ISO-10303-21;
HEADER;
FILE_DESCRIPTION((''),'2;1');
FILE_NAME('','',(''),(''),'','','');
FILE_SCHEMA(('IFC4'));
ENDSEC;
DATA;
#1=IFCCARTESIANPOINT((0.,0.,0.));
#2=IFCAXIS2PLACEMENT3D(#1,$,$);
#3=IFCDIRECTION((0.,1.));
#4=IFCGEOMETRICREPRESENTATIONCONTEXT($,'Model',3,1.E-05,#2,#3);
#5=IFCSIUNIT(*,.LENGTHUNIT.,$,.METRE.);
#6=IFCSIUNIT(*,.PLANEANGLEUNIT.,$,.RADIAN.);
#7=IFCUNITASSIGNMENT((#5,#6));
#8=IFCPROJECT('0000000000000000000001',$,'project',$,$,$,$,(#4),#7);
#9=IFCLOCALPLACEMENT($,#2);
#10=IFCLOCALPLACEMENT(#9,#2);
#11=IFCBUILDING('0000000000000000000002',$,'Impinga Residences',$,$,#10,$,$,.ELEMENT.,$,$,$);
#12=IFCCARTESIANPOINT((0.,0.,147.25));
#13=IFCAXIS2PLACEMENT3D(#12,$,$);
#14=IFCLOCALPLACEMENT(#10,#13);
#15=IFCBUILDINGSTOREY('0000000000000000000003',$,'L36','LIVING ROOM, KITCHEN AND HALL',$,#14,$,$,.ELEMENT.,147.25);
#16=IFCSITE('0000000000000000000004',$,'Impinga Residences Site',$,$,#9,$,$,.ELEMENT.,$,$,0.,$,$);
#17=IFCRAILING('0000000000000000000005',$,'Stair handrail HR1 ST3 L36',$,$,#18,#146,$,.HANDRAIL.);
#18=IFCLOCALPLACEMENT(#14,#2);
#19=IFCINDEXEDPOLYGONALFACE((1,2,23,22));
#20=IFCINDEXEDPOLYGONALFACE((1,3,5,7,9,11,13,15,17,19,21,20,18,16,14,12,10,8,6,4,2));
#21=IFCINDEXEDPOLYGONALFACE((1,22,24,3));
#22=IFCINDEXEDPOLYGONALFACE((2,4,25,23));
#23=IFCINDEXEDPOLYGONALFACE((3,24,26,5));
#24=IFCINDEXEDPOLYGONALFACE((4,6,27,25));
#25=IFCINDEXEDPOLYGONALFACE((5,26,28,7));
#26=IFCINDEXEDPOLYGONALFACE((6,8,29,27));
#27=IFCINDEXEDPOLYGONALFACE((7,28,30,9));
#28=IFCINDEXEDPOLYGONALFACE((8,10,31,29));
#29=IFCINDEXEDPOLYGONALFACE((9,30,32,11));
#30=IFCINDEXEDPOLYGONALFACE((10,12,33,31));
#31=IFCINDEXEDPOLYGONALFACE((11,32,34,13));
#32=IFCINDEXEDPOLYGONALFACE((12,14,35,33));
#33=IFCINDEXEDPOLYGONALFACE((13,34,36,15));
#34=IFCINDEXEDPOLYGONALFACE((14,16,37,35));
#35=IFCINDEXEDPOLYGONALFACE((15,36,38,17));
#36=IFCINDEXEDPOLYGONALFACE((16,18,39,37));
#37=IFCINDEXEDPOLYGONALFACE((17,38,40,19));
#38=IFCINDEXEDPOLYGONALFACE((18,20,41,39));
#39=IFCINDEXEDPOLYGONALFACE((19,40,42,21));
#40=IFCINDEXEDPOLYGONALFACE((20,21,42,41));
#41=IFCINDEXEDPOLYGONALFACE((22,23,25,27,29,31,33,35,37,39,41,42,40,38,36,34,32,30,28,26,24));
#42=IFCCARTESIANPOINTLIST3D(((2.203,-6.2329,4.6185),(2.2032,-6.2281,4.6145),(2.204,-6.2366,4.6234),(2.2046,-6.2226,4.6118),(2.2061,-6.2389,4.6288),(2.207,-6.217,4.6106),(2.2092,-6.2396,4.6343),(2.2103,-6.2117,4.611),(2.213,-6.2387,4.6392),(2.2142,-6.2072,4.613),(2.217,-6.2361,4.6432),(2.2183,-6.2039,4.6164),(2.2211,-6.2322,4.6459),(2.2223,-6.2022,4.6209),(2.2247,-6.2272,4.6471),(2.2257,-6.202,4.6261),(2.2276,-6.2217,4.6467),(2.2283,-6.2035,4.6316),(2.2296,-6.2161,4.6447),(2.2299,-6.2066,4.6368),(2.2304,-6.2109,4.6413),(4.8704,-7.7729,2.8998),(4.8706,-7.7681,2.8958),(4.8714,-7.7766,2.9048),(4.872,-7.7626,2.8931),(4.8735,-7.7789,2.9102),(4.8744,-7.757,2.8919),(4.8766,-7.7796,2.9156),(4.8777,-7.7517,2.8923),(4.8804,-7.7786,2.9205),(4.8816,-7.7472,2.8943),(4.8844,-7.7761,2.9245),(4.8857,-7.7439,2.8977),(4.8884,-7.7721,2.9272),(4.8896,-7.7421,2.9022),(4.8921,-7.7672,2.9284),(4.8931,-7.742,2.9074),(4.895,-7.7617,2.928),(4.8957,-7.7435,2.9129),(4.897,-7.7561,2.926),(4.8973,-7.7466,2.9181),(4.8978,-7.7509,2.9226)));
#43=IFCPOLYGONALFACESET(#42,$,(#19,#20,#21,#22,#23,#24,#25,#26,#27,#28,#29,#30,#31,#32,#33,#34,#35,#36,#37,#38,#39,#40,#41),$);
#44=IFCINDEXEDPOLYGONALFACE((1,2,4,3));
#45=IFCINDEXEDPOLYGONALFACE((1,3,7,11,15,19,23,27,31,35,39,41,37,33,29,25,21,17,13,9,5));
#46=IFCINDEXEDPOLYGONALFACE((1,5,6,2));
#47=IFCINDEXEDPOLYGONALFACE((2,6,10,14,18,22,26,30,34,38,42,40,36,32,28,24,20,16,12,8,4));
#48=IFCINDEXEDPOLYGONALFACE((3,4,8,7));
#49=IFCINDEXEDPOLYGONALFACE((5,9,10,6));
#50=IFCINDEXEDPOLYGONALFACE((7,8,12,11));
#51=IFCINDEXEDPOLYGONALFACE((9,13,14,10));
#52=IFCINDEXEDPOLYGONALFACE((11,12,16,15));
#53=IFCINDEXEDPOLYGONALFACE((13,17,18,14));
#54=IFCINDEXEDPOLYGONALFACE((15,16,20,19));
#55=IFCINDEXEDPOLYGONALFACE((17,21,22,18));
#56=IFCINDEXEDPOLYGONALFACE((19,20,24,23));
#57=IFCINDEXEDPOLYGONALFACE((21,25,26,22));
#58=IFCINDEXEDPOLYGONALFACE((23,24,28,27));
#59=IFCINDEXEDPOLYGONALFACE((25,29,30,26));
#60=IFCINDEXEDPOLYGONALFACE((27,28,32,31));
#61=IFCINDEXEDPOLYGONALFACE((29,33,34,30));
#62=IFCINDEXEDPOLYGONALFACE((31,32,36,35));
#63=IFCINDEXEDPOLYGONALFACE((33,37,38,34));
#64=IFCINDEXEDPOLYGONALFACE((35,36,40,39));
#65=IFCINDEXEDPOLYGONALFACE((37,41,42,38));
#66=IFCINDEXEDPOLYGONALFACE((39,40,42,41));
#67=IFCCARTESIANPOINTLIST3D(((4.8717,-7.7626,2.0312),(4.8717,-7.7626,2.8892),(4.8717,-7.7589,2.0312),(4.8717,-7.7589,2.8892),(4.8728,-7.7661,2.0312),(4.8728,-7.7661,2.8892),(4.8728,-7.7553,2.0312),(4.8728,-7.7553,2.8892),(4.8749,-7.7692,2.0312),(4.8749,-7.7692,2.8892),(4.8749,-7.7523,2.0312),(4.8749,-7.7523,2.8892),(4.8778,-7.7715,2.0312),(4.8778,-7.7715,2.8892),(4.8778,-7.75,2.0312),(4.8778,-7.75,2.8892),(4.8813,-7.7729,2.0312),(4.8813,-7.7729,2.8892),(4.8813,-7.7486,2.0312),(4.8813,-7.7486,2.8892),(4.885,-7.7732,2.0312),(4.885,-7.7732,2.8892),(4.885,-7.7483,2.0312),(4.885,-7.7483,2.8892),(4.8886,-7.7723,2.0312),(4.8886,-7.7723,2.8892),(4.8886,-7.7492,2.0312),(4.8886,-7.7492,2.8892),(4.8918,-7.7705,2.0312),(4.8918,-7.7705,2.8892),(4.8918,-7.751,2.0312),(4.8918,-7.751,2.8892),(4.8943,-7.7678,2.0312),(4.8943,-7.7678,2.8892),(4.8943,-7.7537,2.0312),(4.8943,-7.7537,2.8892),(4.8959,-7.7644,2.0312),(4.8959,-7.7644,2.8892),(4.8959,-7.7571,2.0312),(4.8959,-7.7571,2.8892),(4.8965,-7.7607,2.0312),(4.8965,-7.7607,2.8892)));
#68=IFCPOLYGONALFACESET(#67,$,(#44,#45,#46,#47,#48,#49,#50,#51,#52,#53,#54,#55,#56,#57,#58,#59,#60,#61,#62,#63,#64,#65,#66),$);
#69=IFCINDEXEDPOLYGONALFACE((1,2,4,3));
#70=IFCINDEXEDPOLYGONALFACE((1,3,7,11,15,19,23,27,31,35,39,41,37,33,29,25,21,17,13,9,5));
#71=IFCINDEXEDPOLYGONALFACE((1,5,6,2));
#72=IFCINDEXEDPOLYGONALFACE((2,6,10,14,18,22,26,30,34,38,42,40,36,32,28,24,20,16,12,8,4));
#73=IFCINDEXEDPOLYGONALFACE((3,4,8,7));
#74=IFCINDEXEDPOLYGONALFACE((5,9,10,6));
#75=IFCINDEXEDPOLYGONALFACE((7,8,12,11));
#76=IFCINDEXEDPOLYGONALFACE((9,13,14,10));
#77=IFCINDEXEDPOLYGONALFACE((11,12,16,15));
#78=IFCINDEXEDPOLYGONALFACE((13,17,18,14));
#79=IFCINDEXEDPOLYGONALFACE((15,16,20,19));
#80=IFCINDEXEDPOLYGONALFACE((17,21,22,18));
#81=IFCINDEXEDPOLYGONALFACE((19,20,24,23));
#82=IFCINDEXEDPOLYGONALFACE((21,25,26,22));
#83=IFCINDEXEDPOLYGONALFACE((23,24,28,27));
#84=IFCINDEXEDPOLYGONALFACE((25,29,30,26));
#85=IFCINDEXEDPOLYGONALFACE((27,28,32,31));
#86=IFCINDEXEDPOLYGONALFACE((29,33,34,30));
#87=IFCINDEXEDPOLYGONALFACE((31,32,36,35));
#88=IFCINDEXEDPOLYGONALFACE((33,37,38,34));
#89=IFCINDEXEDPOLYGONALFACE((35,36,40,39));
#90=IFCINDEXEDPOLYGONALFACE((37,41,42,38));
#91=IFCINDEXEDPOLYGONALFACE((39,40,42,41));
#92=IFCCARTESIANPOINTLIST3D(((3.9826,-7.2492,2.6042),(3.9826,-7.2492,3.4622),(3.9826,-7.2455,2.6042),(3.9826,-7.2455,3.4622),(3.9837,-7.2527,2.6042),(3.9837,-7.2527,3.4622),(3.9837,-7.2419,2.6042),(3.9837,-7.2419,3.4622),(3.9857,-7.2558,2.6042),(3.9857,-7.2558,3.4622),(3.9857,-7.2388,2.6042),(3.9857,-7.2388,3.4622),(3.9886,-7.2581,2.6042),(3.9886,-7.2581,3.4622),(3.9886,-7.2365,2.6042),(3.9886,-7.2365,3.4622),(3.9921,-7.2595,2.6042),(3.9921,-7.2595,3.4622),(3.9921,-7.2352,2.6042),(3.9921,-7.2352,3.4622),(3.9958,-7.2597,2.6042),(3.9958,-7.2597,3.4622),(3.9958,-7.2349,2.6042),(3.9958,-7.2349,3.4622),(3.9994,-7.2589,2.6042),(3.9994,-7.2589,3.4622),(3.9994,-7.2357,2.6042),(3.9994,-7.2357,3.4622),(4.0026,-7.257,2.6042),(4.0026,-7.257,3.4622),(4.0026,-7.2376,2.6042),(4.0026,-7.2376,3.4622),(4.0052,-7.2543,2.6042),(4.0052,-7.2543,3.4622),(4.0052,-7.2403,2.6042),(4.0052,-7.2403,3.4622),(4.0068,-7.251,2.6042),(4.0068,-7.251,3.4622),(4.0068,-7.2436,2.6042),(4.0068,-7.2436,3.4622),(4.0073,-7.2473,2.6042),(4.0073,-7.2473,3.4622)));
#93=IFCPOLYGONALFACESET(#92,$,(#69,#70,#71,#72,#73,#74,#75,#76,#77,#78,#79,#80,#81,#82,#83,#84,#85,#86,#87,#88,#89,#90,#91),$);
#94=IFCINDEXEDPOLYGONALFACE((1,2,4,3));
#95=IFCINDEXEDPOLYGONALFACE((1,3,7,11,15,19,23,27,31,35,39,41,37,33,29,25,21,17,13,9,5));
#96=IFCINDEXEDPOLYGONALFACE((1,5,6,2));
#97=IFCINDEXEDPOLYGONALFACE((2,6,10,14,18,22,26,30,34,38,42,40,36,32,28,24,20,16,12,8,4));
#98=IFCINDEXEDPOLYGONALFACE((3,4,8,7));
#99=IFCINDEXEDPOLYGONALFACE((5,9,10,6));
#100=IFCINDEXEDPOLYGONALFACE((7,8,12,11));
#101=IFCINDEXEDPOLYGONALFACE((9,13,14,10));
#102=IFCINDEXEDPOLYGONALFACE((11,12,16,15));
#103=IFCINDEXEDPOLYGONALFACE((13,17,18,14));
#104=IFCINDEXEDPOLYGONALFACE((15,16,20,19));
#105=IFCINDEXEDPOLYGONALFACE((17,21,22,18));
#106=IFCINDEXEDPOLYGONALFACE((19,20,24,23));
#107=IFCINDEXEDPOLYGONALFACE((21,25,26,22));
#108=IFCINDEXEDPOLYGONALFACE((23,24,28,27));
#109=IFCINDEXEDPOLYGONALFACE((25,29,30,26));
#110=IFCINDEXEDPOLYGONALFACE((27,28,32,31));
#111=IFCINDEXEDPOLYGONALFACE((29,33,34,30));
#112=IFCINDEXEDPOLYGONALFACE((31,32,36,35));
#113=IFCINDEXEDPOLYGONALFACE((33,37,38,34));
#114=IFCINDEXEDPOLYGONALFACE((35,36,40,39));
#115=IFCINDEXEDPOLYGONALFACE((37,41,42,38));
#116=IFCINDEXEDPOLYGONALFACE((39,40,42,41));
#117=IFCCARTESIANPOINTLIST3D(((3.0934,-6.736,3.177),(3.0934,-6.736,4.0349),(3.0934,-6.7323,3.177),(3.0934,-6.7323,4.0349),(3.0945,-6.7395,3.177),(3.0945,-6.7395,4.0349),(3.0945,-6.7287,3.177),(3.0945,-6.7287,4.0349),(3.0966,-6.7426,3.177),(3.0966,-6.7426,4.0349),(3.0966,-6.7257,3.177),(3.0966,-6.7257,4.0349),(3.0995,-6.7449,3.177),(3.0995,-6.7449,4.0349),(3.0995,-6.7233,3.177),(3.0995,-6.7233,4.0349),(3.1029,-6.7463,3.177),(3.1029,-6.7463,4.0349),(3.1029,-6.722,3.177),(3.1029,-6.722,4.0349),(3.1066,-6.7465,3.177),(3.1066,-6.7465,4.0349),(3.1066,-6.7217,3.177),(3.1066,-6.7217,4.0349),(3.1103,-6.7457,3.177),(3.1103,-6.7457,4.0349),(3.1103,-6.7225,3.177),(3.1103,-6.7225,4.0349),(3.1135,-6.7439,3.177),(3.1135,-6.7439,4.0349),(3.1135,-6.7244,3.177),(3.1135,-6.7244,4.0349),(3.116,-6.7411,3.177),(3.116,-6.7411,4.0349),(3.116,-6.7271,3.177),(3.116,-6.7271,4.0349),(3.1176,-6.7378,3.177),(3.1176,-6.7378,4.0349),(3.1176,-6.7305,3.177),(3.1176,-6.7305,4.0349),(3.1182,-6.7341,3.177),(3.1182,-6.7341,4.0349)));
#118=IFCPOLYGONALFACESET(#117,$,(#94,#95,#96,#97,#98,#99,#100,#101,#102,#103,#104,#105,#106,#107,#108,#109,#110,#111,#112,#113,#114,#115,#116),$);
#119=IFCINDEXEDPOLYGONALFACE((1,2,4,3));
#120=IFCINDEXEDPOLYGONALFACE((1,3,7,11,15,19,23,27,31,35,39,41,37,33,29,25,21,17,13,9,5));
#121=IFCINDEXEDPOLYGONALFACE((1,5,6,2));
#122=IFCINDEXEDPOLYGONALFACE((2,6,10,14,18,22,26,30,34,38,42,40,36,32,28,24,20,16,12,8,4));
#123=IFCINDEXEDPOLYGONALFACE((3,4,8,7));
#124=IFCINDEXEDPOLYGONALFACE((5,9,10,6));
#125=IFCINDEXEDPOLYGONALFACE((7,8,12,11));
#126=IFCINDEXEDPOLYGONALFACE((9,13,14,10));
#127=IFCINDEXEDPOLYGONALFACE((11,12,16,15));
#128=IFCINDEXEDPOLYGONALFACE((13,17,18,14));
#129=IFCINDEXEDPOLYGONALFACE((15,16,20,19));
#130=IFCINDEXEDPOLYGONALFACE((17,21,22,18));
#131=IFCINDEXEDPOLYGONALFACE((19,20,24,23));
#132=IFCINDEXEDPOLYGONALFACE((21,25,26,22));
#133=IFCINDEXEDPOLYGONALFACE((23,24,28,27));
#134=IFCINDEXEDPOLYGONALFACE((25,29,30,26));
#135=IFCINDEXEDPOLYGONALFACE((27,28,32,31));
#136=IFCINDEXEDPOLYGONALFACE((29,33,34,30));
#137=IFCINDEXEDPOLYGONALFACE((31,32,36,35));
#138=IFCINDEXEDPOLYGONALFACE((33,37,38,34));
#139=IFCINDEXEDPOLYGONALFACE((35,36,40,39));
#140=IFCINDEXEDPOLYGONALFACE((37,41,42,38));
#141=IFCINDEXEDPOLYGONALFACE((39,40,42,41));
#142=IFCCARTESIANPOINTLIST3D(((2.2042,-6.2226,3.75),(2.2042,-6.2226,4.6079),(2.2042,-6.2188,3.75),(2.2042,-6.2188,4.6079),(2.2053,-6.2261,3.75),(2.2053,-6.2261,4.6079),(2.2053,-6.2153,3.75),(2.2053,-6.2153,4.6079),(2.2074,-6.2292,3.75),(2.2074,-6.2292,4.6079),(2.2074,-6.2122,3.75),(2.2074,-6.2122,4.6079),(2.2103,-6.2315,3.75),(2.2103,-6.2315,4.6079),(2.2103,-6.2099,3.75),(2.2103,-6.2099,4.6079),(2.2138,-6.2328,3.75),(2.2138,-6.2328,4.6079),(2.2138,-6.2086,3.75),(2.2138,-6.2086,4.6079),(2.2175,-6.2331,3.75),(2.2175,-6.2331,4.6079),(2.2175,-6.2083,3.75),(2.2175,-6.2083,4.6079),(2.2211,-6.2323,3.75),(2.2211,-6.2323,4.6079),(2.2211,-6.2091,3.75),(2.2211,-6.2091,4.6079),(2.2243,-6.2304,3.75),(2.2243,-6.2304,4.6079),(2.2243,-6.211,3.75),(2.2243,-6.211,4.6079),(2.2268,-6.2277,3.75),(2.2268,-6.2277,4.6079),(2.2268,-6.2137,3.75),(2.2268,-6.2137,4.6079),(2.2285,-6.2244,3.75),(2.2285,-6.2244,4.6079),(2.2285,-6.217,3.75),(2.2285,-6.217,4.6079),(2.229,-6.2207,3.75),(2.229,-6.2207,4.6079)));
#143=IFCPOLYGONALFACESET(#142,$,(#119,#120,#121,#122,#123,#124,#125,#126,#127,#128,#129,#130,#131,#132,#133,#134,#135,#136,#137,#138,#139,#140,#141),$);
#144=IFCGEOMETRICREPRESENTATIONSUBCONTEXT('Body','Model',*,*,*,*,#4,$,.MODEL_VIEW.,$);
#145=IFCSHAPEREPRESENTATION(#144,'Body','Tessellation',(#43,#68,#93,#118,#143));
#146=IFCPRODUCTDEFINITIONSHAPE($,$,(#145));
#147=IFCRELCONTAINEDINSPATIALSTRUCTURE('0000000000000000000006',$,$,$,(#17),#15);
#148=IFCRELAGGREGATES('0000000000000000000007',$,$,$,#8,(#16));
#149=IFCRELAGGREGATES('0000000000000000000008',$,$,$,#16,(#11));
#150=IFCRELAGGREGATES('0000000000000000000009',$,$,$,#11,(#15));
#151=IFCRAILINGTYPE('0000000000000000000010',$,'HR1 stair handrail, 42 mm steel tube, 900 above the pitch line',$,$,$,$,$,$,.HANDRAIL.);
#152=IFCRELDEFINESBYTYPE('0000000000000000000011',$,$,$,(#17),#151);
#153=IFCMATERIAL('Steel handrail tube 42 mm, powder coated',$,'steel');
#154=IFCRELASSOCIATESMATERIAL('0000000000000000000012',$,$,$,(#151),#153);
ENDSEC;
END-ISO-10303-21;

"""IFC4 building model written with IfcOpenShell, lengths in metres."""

from ifc_helpers import new_model, si_unit, direction, frame, origin, origin_2d, place, context, subcontext, project, spatial, circle, extrude, material, type_object, element, save


model = new_model("IFC4")

# Units and contexts
model_context = context("Model", 3, precision=1e-05, world=origin(), true_north=direction((0.0, 1.0)))
body_context = subcontext(model_context, "Body", "Model", "MODEL_VIEW")
ifc_project = project(units=[si_unit("LENGTHUNIT", "METRE"), si_unit("PLANEANGLEUNIT", "RADIAN")], contexts=[model_context])

# Site, building, storey
site_placement = place(None, origin())
site = spatial("IfcSite", under=ifc_project, at=site_placement, Name="Impinga Residences Site", CompositionType="ELEMENT", RefElevation=0.0)
building_placement = place(site_placement, origin())
building = spatial("IfcBuilding", under=site, at=building_placement, Name="Impinga Residences", CompositionType="ELEMENT")
storey_placement = place(building_placement, frame((0.0, 0.0, 147.25)))
storey = spatial("IfcBuildingStorey", under=building, at=storey_placement, Name="L36", Description="LIVING ROOM, KITCHEN AND HALL", CompositionType="ELEMENT", Elevation=147.25)

# Railing
ifc_material_1 = material(Name="Steel handrail tube 42 mm, powder coated", Category="steel")
railing_type_1 = type_object("IfcRailingType", Name="HR1 stair handrail, 42 mm steel tube, 900 above the pitch line", PredefinedType="HANDRAIL", material=ifc_material_1)
railing_1_placement = place(storey_placement, frame((4.884, -7.7607, 2.0312)))
element("IfcRailing", 1, at=railing_1_placement, inside=storey, type_object=railing_type_1, Name="Stair handrail HR1 ST3 L36", PredefinedType="HANDRAIL", context=body_context, shape_type="SweptSolid", body=[
    extrude(circle(Radius=0.021, at=origin_2d()), frame((0.0, 0.0, 0.8789), z_axis=(-0.756256, 0.436616, 0.487282), x_axis=(-0.499992, -0.86603, 0.0)), (0.0, 0.0, 1.0), 3.5271),
    extrude(circle(Radius=0.0125, at=origin_2d()), origin(), (0.0, 0.0, 1.0), 0.8579),
    extrude(circle(Radius=0.0125, at=origin_2d()), frame((-0.8892, 0.5134, 0.573)), (0.0, 0.0, 1.0), 0.8579),
    extrude(circle(Radius=0.0125, at=origin_2d()), frame((-1.7783, 1.0266, 1.1458)), (0.0, 0.0, 1.0), 0.8579),
    extrude(circle(Radius=0.0125, at=origin_2d()), frame((-2.6675, 1.54, 1.7188)), (0.0, 0.0, 1.0), 0.8579),
])

save(model, "model.ifc")
